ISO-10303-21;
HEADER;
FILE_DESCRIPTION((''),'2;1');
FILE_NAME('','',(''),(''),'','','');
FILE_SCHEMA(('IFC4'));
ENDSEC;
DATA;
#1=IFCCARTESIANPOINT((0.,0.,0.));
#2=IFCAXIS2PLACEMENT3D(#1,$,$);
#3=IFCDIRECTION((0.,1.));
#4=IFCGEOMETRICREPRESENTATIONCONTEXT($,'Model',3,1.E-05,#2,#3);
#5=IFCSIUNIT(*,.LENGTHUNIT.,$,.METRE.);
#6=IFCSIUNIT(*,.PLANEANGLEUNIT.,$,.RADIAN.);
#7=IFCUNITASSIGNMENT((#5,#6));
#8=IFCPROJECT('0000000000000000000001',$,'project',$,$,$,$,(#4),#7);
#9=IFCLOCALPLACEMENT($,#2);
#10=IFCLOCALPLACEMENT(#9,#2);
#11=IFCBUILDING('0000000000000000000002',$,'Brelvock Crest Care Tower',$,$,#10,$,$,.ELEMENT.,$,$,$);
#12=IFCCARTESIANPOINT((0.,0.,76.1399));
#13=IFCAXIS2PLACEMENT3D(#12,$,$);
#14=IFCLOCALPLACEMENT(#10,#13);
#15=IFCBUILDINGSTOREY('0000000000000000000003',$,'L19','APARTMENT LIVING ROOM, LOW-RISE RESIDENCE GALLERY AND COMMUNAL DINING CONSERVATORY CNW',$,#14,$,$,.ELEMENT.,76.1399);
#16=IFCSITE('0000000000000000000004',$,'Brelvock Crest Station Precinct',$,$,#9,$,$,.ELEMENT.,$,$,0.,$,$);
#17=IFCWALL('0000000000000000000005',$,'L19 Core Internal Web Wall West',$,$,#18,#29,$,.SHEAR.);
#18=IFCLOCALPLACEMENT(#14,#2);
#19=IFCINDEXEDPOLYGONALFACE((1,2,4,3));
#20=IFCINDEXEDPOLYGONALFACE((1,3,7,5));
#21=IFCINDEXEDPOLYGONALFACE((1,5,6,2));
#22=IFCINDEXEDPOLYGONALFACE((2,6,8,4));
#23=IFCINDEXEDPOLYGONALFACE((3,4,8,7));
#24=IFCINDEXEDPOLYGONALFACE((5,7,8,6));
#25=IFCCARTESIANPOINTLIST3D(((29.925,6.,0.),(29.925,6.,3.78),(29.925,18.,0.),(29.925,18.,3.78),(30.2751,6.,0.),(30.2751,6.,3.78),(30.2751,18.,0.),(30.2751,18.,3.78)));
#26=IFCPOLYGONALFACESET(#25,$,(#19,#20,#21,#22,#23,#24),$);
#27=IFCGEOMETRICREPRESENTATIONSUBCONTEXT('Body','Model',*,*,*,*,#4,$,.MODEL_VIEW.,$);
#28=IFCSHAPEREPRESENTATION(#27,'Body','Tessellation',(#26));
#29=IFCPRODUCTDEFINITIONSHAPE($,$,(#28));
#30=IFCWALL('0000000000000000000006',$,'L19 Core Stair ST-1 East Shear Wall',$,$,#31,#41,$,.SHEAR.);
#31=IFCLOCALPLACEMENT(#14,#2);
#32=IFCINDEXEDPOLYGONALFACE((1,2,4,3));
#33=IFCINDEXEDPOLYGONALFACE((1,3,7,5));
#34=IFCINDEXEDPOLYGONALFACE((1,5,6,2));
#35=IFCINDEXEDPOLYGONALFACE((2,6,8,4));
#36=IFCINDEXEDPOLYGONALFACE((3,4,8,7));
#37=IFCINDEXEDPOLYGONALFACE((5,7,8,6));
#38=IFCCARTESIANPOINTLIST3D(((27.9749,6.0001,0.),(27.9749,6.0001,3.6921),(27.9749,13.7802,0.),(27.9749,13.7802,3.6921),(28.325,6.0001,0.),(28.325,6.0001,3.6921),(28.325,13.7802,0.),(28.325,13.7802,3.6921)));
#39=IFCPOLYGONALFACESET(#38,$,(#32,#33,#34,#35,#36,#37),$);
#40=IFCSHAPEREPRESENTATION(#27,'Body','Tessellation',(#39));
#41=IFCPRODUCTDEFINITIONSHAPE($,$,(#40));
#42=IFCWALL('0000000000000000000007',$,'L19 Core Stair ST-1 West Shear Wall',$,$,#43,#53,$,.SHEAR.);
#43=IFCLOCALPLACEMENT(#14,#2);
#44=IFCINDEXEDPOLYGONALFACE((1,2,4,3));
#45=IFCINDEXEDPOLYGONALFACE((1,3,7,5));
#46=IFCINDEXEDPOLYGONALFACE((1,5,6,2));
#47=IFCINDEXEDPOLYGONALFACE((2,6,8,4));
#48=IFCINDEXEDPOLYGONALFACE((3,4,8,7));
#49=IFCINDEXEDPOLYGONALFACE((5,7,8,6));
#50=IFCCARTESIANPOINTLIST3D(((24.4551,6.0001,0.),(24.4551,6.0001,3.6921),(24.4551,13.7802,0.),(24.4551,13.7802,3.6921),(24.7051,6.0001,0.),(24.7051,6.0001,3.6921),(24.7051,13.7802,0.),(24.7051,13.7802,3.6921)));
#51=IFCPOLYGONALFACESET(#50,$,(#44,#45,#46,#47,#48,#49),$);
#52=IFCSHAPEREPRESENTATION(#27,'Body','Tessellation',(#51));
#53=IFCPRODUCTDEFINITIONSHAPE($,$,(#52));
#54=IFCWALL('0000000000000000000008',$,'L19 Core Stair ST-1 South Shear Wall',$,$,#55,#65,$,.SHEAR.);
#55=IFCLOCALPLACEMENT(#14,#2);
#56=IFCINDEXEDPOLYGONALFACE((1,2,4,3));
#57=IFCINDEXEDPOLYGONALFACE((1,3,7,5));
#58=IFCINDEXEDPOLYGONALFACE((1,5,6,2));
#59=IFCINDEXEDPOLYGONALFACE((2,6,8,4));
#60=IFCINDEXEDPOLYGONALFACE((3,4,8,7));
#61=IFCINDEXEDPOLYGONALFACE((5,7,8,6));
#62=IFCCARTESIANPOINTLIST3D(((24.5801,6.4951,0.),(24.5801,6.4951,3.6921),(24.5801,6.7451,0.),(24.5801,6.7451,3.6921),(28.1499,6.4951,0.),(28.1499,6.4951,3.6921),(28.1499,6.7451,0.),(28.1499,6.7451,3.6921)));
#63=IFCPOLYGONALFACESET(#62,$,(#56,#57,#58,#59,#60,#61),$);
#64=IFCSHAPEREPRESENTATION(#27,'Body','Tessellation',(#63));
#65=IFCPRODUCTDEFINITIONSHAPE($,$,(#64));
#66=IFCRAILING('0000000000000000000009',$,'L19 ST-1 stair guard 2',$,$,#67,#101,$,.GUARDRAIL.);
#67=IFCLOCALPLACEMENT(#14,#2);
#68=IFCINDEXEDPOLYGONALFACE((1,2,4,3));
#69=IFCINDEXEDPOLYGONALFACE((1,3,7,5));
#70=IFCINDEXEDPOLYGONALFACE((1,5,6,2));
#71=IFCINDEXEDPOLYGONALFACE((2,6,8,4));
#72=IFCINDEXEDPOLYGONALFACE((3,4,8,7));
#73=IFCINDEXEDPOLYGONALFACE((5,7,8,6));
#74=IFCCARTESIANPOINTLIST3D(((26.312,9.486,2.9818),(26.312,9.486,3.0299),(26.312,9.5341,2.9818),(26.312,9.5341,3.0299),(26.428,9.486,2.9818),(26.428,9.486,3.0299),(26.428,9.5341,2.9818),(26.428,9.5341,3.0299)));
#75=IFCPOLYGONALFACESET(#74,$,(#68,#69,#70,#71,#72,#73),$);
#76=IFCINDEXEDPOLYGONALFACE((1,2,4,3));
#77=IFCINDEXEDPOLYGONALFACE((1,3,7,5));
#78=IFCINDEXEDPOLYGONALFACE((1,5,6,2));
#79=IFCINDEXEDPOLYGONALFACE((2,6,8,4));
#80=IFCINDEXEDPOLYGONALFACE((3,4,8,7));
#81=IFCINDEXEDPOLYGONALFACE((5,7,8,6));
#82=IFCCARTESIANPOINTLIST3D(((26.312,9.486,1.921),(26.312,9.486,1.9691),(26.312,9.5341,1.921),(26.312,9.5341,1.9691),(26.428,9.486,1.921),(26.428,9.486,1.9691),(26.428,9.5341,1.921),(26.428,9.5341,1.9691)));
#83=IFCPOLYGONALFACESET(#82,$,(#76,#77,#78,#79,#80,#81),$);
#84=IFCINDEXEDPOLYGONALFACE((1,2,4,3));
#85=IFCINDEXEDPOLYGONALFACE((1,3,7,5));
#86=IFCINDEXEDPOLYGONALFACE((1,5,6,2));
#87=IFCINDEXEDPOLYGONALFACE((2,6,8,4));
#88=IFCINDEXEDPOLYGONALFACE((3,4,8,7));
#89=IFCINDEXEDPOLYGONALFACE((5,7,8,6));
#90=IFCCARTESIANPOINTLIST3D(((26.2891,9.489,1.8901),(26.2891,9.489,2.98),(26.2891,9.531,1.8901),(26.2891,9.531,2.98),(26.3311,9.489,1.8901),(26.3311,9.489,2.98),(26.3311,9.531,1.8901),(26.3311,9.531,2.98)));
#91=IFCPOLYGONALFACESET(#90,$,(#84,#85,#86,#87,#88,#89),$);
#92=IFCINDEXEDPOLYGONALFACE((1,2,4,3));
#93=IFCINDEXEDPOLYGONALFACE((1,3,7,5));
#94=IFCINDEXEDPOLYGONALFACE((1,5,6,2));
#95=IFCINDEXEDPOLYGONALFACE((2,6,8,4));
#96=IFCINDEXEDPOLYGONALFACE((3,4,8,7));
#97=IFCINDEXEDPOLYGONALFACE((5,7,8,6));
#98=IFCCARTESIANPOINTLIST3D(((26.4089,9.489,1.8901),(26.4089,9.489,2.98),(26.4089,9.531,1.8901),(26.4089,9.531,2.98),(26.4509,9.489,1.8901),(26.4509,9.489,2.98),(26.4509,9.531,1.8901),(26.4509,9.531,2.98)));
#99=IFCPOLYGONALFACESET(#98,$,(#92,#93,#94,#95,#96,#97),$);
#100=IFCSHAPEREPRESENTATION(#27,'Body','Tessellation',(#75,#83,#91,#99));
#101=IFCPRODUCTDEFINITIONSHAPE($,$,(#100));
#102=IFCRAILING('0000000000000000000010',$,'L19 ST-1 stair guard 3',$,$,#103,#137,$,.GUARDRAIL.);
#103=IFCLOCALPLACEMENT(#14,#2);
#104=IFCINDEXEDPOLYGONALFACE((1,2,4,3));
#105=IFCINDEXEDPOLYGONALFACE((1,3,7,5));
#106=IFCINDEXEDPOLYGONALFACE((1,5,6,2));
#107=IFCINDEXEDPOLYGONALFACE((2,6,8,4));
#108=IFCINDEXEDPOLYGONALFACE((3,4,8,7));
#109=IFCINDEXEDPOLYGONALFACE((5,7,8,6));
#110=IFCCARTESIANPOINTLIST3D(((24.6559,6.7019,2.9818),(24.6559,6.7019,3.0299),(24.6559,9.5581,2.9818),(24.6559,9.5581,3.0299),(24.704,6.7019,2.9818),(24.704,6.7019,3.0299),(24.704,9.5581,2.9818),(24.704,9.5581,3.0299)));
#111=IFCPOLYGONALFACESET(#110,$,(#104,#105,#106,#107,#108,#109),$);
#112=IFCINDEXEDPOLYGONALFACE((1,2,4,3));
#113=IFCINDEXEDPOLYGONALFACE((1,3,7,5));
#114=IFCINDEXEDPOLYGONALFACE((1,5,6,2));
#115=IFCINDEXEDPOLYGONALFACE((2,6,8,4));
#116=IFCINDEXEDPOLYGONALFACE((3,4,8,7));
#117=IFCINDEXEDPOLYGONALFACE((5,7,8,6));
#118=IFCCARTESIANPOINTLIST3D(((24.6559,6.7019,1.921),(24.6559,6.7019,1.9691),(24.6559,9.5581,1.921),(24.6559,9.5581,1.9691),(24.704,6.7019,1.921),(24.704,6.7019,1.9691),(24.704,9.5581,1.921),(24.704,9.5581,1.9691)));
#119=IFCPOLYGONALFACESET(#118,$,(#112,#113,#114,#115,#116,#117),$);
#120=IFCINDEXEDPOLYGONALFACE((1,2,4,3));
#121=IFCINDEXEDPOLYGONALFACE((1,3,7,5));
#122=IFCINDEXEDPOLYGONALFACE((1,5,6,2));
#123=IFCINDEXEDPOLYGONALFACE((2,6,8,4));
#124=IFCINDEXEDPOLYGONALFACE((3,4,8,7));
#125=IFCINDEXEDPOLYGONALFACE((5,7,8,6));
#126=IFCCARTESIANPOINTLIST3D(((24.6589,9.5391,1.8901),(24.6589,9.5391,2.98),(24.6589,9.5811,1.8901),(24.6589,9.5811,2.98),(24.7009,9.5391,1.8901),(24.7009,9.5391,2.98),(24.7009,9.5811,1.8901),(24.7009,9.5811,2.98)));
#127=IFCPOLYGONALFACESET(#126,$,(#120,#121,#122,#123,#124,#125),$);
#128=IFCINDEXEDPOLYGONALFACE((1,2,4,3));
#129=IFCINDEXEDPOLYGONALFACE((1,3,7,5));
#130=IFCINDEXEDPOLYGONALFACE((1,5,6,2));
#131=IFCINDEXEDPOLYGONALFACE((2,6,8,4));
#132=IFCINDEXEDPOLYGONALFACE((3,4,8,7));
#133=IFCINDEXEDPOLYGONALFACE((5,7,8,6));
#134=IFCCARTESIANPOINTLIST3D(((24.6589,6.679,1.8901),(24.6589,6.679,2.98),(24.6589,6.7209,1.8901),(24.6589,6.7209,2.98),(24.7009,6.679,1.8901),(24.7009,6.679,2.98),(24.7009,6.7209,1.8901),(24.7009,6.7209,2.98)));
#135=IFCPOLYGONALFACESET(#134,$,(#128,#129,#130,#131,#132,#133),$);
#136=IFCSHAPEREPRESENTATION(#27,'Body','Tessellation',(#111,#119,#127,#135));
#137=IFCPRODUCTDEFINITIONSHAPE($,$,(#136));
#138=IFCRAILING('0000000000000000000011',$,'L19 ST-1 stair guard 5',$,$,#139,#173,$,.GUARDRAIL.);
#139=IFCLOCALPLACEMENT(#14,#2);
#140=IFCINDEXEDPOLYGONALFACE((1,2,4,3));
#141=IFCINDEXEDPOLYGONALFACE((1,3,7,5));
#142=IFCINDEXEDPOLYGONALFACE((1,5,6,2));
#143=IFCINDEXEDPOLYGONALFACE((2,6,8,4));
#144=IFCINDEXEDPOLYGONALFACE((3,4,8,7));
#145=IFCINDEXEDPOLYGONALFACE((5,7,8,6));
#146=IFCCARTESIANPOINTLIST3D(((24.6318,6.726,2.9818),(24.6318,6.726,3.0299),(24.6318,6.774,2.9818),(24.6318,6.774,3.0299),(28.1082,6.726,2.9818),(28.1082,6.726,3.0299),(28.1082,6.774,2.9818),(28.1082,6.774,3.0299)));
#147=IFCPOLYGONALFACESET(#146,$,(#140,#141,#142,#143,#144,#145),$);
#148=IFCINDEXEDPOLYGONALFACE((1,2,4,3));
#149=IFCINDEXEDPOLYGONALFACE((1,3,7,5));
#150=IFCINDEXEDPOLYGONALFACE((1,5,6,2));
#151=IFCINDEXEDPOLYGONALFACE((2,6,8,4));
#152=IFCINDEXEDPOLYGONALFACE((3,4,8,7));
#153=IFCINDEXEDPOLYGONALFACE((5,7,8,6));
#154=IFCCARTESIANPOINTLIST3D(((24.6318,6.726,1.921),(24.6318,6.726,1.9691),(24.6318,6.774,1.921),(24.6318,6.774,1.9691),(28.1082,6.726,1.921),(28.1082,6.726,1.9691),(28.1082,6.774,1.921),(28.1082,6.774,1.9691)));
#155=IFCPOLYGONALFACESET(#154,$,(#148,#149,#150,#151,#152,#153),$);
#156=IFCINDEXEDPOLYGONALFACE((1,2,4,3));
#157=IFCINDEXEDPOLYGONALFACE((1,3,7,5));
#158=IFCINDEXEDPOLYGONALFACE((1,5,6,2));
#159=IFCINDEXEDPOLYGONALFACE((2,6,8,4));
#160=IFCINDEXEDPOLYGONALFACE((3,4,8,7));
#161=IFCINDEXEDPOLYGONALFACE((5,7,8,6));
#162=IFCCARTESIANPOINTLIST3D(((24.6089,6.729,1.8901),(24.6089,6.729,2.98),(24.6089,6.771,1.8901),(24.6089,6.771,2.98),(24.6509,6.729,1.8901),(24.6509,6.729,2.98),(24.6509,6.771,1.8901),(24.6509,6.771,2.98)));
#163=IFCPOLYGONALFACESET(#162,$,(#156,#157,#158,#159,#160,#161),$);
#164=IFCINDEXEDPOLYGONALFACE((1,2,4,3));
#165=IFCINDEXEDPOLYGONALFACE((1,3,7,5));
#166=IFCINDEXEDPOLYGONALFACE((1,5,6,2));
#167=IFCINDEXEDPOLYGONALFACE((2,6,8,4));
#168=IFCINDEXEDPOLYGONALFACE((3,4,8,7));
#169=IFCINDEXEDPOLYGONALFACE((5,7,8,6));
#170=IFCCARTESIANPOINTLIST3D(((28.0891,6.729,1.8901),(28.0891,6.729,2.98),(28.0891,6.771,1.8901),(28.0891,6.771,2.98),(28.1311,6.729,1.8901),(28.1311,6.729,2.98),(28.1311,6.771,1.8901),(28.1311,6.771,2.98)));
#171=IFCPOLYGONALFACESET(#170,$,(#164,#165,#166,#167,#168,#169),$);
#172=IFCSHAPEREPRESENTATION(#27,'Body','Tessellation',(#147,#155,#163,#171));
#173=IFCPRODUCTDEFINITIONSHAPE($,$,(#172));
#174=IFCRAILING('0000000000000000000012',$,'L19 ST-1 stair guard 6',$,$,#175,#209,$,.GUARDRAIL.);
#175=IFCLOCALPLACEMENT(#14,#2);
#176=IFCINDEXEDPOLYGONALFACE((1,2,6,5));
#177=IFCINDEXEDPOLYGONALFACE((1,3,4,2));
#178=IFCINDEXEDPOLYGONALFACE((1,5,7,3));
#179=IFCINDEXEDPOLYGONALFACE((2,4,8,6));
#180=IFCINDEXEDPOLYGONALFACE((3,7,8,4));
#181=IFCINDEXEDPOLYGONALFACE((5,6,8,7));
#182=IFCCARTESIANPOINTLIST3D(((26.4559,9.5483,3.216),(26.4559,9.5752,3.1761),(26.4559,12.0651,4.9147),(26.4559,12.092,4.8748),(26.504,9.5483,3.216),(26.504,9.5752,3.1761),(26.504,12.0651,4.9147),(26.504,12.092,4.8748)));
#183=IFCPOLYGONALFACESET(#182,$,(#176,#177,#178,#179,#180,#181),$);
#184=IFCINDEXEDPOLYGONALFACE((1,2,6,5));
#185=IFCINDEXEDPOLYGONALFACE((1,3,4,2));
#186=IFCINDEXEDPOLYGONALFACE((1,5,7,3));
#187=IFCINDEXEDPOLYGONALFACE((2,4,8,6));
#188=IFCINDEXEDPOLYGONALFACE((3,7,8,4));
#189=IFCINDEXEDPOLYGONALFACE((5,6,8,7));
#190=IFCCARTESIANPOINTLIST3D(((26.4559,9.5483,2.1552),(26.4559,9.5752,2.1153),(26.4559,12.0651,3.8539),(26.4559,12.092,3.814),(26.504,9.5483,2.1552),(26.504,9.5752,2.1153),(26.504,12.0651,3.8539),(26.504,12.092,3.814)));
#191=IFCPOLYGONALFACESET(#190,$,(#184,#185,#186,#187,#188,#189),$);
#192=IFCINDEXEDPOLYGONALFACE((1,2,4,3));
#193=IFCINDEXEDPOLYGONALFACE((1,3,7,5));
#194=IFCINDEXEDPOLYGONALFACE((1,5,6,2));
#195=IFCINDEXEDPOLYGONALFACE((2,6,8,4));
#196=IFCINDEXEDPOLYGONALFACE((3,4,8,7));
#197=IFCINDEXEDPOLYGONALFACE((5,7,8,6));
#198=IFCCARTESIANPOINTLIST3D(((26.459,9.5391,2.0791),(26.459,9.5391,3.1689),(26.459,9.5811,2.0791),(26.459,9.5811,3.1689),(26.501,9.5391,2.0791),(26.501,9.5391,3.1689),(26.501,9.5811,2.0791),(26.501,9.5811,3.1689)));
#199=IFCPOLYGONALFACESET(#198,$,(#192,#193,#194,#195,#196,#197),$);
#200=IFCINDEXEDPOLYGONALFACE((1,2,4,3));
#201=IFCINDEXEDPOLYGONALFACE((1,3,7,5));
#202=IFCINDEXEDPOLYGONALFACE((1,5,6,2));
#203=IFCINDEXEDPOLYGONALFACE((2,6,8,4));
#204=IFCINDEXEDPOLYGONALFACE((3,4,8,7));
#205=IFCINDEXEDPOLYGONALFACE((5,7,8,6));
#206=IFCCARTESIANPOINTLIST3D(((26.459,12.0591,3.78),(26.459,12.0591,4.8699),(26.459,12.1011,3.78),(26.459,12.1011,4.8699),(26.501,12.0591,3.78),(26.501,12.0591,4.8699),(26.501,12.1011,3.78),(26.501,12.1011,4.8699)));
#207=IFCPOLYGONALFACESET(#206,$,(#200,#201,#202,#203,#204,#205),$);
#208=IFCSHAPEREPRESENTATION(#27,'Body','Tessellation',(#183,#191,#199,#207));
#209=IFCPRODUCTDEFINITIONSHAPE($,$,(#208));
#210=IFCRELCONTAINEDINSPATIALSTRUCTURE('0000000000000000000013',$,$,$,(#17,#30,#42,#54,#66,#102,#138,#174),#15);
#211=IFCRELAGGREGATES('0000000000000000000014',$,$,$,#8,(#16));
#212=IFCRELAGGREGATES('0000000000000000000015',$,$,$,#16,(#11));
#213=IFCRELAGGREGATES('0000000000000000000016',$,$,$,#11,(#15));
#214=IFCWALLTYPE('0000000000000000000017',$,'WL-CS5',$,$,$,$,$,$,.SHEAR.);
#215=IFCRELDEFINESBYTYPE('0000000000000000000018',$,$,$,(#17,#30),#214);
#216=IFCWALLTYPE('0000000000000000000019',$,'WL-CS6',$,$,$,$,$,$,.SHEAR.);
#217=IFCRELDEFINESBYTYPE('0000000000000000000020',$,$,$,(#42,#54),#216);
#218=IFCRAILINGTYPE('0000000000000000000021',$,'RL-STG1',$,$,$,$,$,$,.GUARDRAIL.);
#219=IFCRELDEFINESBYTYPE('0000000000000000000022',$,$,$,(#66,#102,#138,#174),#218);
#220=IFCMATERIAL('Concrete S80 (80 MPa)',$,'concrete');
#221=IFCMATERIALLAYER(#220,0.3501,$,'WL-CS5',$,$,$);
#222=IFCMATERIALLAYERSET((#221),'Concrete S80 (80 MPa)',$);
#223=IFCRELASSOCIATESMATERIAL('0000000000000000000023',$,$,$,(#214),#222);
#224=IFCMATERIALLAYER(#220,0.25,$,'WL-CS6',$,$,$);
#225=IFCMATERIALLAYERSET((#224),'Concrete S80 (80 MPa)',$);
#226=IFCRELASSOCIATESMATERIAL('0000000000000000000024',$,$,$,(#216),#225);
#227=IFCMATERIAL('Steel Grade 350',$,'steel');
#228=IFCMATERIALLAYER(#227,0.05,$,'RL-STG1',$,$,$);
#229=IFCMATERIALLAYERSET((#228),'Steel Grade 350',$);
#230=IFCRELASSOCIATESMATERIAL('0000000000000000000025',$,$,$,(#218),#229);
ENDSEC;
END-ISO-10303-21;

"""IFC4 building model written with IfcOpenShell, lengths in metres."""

from ifc_helpers import new_model, si_unit, direction, frame, frame_2d, origin, origin_2d, place, context, subcontext, project, spatial, rectangle, extrude, material, layer, layer_set, type_object, element, save


model = new_model("IFC4")

# Units and contexts
model_context = context("Model", 3, precision=1e-05, world=origin(), true_north=direction((0.0, 1.0)))
body_context = subcontext(model_context, "Body", "Model", "MODEL_VIEW")
ifc_project = project(units=[si_unit("LENGTHUNIT", "METRE"), si_unit("PLANEANGLEUNIT", "RADIAN")], contexts=[model_context])

# Site, building, storey
site_placement = place(None, origin())
site = spatial("IfcSite", under=ifc_project, at=site_placement, Name="Brelvock Crest Station Precinct", CompositionType="ELEMENT", RefElevation=0.0)
building_placement = place(site_placement, origin())
building = spatial("IfcBuilding", under=site, at=building_placement, Name="Brelvock Crest Care Tower", CompositionType="ELEMENT")
storey_placement = place(building_placement, frame((0.0, 0.0, 76.1399)))
storey = spatial("IfcBuildingStorey", under=building, at=storey_placement, Name="L19", Description="APARTMENT LIVING ROOM, LOW-RISE RESIDENCE GALLERY AND COMMUNAL DINING CONSERVATORY CNW", CompositionType="ELEMENT", Elevation=76.1399)

# Shared definitions
ifc_material_1 = material(Name="Concrete S80 (80 MPa)", Category="concrete")

# Shared definitions
ifc_material_2 = material(Name="Steel Grade 350", Category="steel")

# Walls
ifc_layer_1 = layer(ifc_material_1, 0.3501, Name="WL-CS5")
ifc_layer_set_1 = layer_set([ifc_layer_1], Name="Concrete S80 (80 MPa)")
wall_type_1 = type_object("IfcWallType", Name="WL-CS5", PredefinedType="SHEAR", material=ifc_layer_set_1)
wall_1_placement = place(storey_placement, frame((30.1001, 6.0, 0.0), z_axis=(0.0, 0.0, 1.0), x_axis=(0.0, 1.0, 0.0)))
element("IfcWall", 1, at=wall_1_placement, inside=storey, type_object=wall_type_1, Name="L19 Core Internal Web Wall West", PredefinedType="SHEAR", context=body_context, shape_type="SweptSolid", body=[
    extrude(rectangle(XDim=12.0, YDim=0.3501, at=frame_2d((6.0, 0.0))), origin(), (0.0, 0.0, 1.0), 3.78),
])
wall_2_placement = place(storey_placement, frame((28.1499, 6.0, 0.0), z_axis=(0.0, 0.0, 1.0), x_axis=(0.0, 1.0, 0.0)))
element("IfcWall", 2, at=wall_2_placement, inside=storey, type_object=wall_type_1, Name="L19 Core Stair ST-1 East Shear Wall", PredefinedType="SHEAR", context=body_context, shape_type="SweptSolid", body=[
    extrude(rectangle(XDim=7.78, YDim=0.3501, at=frame_2d((3.8901, 0.0))), origin(), (0.0, 0.0, 1.0), 3.6921),
])
ifc_layer_2 = layer(ifc_material_1, 0.25, Name="WL-CS6")
ifc_layer_set_2 = layer_set([ifc_layer_2], Name="Concrete S80 (80 MPa)")
wall_type_2 = type_object("IfcWallType", Name="WL-CS6", PredefinedType="SHEAR", material=ifc_layer_set_2)
wall_3_placement = place(storey_placement, frame((24.5801, 6.0, 0.0), z_axis=(0.0, 0.0, 1.0), x_axis=(0.0, 1.0, 0.0)))
element("IfcWall", 3, at=wall_3_placement, inside=storey, type_object=wall_type_2, Name="L19 Core Stair ST-1 West Shear Wall", PredefinedType="SHEAR", context=body_context, shape_type="SweptSolid", body=[
    extrude(rectangle(XDim=7.78, YDim=0.25, at=frame_2d((3.8901, 0.0))), origin(), (0.0, 0.0, 1.0), 3.6921),
])
wall_4_placement = place(storey_placement, frame((24.5801, 6.6201, 0.0), z_axis=(0.0, 0.0, 1.0), x_axis=(1.0, 0.0, 0.0)))
element("IfcWall", 4, at=wall_4_placement, inside=storey, type_object=wall_type_2, Name="L19 Core Stair ST-1 South Shear Wall", PredefinedType="SHEAR", context=body_context, shape_type="SweptSolid", body=[
    extrude(rectangle(XDim=3.5698, YDim=0.25, at=frame_2d((1.7849, 0.0))), origin(), (0.0, 0.0, 1.0), 3.6921),
])

# Railings
ifc_layer_3 = layer(ifc_material_2, 0.05, Name="RL-STG1")
ifc_layer_set_3 = layer_set([ifc_layer_3], Name="Steel Grade 350")
railing_type = type_object("IfcRailingType", Name="RL-STG1", PredefinedType="GUARDRAIL", material=ifc_layer_set_3)
railing_1_placement = place(storey_placement, frame((26.3101, 9.51, 1.8901)))
element("IfcRailing", 5, at=railing_1_placement, inside=storey, type_object=railing_type, Name="L19 ST-1 stair guard 2", PredefinedType="GUARDRAIL", context=body_context, shape_type="SweptSolid", body=[
    extrude(rectangle(XDim=0.0481, YDim=0.0481, at=origin_2d()), frame((0.002, 0.0, 1.1157), z_axis=(1.0, 0.0, 0.0), x_axis=(0.0, 1.0, 0.0)), (0.0, 0.0, 1.0), 0.116),
    extrude(rectangle(XDim=0.0481, YDim=0.0481, at=origin_2d()), frame((0.002, 0.0, 0.0549), z_axis=(1.0, 0.0, 0.0), x_axis=(0.0, 1.0, 0.0)), (0.0, 0.0, 1.0), 0.116),
    extrude(rectangle(XDim=0.042, YDim=0.042, at=origin_2d()), origin(), (0.0, 0.0, 1.0), 1.0898),
    extrude(rectangle(XDim=0.042, YDim=0.042, at=origin_2d()), frame((0.1199, 0.0, 0.0)), (0.0, 0.0, 1.0), 1.0898),
])
railing_2_placement = place(storey_placement, frame((24.6799, 9.5601, 1.8901)))
element("IfcRailing", 6, at=railing_2_placement, inside=storey, type_object=railing_type, Name="L19 ST-1 stair guard 3", PredefinedType="GUARDRAIL", context=body_context, shape_type="SweptSolid", body=[
    extrude(rectangle(XDim=0.0481, YDim=0.0481, at=origin_2d()), frame((0.0, -0.002, 1.1157), z_axis=(0.0, -1.0, 0.0), x_axis=(1.0, 0.0, 0.0)), (0.0, 0.0, 1.0), 2.8562),
    extrude(rectangle(XDim=0.0481, YDim=0.0481, at=origin_2d()), frame((0.0, -0.002, 0.0549), z_axis=(0.0, -1.0, 0.0), x_axis=(1.0, 0.0, 0.0)), (0.0, 0.0, 1.0), 2.8562),
    extrude(rectangle(XDim=0.042, YDim=0.042, at=origin_2d()), origin(), (0.0, 0.0, 1.0), 1.0898),
    extrude(rectangle(XDim=0.042, YDim=0.042, at=origin_2d()), frame((0.0, -2.8601, 0.0)), (0.0, 0.0, 1.0), 1.0898),
])
railing_3_placement = place(storey_placement, frame((24.6299, 6.75, 1.8901)))
element("IfcRailing", 7, at=railing_3_placement, inside=storey, type_object=railing_type, Name="L19 ST-1 stair guard 5", PredefinedType="GUARDRAIL", context=body_context, shape_type="SweptSolid", body=[
    extrude(rectangle(XDim=0.0481, YDim=0.0481, at=origin_2d()), frame((0.002, 0.0, 1.1157), z_axis=(1.0, 0.0, 0.0), x_axis=(0.0, 1.0, 0.0)), (0.0, 0.0, 1.0), 3.4763),
    extrude(rectangle(XDim=0.0481, YDim=0.0481, at=origin_2d()), frame((0.002, 0.0, 0.0549), z_axis=(1.0, 0.0, 0.0), x_axis=(0.0, 1.0, 0.0)), (0.0, 0.0, 1.0), 3.4763),
    extrude(rectangle(XDim=0.042, YDim=0.042, at=origin_2d()), origin(), (0.0, 0.0, 1.0), 1.0898),
    extrude(rectangle(XDim=0.042, YDim=0.042, at=origin_2d()), frame((3.4802, 0.0, 0.0)), (0.0, 0.0, 1.0), 1.0898),
])
railing_4_placement = place(storey_placement, frame((26.48, 9.5601, 2.0791)))
element("IfcRailing", 8, at=railing_4_placement, inside=storey, type_object=railing_type, Name="L19 ST-1 stair guard 6", PredefinedType="GUARDRAIL", context=body_context, shape_type="SweptSolid", body=[
    extrude(rectangle(XDim=0.0481, YDim=0.0481, at=origin_2d()), frame((0.0, 0.0017, 1.1169), z_axis=(0.0, 0.828862, 0.559454), x_axis=(-1.0, 0.0, 0.0)), (0.0, 0.0, 1.0), 3.0364),
    extrude(rectangle(XDim=0.0481, YDim=0.0481, at=origin_2d()), frame((0.0, 0.0017, 0.0562), z_axis=(0.0, 0.828862, 0.559454), x_axis=(-1.0, 0.0, 0.0)), (0.0, 0.0, 1.0), 3.0364),
    extrude(rectangle(XDim=0.042, YDim=0.042, at=origin_2d()), origin(), (0.0, 0.0, 1.0), 1.0898),
    extrude(rectangle(XDim=0.042, YDim=0.042, at=origin_2d()), frame((0.0, 2.52, 1.7009)), (0.0, 0.0, 1.0), 1.0898),
])

save(model, "model.ifc")
